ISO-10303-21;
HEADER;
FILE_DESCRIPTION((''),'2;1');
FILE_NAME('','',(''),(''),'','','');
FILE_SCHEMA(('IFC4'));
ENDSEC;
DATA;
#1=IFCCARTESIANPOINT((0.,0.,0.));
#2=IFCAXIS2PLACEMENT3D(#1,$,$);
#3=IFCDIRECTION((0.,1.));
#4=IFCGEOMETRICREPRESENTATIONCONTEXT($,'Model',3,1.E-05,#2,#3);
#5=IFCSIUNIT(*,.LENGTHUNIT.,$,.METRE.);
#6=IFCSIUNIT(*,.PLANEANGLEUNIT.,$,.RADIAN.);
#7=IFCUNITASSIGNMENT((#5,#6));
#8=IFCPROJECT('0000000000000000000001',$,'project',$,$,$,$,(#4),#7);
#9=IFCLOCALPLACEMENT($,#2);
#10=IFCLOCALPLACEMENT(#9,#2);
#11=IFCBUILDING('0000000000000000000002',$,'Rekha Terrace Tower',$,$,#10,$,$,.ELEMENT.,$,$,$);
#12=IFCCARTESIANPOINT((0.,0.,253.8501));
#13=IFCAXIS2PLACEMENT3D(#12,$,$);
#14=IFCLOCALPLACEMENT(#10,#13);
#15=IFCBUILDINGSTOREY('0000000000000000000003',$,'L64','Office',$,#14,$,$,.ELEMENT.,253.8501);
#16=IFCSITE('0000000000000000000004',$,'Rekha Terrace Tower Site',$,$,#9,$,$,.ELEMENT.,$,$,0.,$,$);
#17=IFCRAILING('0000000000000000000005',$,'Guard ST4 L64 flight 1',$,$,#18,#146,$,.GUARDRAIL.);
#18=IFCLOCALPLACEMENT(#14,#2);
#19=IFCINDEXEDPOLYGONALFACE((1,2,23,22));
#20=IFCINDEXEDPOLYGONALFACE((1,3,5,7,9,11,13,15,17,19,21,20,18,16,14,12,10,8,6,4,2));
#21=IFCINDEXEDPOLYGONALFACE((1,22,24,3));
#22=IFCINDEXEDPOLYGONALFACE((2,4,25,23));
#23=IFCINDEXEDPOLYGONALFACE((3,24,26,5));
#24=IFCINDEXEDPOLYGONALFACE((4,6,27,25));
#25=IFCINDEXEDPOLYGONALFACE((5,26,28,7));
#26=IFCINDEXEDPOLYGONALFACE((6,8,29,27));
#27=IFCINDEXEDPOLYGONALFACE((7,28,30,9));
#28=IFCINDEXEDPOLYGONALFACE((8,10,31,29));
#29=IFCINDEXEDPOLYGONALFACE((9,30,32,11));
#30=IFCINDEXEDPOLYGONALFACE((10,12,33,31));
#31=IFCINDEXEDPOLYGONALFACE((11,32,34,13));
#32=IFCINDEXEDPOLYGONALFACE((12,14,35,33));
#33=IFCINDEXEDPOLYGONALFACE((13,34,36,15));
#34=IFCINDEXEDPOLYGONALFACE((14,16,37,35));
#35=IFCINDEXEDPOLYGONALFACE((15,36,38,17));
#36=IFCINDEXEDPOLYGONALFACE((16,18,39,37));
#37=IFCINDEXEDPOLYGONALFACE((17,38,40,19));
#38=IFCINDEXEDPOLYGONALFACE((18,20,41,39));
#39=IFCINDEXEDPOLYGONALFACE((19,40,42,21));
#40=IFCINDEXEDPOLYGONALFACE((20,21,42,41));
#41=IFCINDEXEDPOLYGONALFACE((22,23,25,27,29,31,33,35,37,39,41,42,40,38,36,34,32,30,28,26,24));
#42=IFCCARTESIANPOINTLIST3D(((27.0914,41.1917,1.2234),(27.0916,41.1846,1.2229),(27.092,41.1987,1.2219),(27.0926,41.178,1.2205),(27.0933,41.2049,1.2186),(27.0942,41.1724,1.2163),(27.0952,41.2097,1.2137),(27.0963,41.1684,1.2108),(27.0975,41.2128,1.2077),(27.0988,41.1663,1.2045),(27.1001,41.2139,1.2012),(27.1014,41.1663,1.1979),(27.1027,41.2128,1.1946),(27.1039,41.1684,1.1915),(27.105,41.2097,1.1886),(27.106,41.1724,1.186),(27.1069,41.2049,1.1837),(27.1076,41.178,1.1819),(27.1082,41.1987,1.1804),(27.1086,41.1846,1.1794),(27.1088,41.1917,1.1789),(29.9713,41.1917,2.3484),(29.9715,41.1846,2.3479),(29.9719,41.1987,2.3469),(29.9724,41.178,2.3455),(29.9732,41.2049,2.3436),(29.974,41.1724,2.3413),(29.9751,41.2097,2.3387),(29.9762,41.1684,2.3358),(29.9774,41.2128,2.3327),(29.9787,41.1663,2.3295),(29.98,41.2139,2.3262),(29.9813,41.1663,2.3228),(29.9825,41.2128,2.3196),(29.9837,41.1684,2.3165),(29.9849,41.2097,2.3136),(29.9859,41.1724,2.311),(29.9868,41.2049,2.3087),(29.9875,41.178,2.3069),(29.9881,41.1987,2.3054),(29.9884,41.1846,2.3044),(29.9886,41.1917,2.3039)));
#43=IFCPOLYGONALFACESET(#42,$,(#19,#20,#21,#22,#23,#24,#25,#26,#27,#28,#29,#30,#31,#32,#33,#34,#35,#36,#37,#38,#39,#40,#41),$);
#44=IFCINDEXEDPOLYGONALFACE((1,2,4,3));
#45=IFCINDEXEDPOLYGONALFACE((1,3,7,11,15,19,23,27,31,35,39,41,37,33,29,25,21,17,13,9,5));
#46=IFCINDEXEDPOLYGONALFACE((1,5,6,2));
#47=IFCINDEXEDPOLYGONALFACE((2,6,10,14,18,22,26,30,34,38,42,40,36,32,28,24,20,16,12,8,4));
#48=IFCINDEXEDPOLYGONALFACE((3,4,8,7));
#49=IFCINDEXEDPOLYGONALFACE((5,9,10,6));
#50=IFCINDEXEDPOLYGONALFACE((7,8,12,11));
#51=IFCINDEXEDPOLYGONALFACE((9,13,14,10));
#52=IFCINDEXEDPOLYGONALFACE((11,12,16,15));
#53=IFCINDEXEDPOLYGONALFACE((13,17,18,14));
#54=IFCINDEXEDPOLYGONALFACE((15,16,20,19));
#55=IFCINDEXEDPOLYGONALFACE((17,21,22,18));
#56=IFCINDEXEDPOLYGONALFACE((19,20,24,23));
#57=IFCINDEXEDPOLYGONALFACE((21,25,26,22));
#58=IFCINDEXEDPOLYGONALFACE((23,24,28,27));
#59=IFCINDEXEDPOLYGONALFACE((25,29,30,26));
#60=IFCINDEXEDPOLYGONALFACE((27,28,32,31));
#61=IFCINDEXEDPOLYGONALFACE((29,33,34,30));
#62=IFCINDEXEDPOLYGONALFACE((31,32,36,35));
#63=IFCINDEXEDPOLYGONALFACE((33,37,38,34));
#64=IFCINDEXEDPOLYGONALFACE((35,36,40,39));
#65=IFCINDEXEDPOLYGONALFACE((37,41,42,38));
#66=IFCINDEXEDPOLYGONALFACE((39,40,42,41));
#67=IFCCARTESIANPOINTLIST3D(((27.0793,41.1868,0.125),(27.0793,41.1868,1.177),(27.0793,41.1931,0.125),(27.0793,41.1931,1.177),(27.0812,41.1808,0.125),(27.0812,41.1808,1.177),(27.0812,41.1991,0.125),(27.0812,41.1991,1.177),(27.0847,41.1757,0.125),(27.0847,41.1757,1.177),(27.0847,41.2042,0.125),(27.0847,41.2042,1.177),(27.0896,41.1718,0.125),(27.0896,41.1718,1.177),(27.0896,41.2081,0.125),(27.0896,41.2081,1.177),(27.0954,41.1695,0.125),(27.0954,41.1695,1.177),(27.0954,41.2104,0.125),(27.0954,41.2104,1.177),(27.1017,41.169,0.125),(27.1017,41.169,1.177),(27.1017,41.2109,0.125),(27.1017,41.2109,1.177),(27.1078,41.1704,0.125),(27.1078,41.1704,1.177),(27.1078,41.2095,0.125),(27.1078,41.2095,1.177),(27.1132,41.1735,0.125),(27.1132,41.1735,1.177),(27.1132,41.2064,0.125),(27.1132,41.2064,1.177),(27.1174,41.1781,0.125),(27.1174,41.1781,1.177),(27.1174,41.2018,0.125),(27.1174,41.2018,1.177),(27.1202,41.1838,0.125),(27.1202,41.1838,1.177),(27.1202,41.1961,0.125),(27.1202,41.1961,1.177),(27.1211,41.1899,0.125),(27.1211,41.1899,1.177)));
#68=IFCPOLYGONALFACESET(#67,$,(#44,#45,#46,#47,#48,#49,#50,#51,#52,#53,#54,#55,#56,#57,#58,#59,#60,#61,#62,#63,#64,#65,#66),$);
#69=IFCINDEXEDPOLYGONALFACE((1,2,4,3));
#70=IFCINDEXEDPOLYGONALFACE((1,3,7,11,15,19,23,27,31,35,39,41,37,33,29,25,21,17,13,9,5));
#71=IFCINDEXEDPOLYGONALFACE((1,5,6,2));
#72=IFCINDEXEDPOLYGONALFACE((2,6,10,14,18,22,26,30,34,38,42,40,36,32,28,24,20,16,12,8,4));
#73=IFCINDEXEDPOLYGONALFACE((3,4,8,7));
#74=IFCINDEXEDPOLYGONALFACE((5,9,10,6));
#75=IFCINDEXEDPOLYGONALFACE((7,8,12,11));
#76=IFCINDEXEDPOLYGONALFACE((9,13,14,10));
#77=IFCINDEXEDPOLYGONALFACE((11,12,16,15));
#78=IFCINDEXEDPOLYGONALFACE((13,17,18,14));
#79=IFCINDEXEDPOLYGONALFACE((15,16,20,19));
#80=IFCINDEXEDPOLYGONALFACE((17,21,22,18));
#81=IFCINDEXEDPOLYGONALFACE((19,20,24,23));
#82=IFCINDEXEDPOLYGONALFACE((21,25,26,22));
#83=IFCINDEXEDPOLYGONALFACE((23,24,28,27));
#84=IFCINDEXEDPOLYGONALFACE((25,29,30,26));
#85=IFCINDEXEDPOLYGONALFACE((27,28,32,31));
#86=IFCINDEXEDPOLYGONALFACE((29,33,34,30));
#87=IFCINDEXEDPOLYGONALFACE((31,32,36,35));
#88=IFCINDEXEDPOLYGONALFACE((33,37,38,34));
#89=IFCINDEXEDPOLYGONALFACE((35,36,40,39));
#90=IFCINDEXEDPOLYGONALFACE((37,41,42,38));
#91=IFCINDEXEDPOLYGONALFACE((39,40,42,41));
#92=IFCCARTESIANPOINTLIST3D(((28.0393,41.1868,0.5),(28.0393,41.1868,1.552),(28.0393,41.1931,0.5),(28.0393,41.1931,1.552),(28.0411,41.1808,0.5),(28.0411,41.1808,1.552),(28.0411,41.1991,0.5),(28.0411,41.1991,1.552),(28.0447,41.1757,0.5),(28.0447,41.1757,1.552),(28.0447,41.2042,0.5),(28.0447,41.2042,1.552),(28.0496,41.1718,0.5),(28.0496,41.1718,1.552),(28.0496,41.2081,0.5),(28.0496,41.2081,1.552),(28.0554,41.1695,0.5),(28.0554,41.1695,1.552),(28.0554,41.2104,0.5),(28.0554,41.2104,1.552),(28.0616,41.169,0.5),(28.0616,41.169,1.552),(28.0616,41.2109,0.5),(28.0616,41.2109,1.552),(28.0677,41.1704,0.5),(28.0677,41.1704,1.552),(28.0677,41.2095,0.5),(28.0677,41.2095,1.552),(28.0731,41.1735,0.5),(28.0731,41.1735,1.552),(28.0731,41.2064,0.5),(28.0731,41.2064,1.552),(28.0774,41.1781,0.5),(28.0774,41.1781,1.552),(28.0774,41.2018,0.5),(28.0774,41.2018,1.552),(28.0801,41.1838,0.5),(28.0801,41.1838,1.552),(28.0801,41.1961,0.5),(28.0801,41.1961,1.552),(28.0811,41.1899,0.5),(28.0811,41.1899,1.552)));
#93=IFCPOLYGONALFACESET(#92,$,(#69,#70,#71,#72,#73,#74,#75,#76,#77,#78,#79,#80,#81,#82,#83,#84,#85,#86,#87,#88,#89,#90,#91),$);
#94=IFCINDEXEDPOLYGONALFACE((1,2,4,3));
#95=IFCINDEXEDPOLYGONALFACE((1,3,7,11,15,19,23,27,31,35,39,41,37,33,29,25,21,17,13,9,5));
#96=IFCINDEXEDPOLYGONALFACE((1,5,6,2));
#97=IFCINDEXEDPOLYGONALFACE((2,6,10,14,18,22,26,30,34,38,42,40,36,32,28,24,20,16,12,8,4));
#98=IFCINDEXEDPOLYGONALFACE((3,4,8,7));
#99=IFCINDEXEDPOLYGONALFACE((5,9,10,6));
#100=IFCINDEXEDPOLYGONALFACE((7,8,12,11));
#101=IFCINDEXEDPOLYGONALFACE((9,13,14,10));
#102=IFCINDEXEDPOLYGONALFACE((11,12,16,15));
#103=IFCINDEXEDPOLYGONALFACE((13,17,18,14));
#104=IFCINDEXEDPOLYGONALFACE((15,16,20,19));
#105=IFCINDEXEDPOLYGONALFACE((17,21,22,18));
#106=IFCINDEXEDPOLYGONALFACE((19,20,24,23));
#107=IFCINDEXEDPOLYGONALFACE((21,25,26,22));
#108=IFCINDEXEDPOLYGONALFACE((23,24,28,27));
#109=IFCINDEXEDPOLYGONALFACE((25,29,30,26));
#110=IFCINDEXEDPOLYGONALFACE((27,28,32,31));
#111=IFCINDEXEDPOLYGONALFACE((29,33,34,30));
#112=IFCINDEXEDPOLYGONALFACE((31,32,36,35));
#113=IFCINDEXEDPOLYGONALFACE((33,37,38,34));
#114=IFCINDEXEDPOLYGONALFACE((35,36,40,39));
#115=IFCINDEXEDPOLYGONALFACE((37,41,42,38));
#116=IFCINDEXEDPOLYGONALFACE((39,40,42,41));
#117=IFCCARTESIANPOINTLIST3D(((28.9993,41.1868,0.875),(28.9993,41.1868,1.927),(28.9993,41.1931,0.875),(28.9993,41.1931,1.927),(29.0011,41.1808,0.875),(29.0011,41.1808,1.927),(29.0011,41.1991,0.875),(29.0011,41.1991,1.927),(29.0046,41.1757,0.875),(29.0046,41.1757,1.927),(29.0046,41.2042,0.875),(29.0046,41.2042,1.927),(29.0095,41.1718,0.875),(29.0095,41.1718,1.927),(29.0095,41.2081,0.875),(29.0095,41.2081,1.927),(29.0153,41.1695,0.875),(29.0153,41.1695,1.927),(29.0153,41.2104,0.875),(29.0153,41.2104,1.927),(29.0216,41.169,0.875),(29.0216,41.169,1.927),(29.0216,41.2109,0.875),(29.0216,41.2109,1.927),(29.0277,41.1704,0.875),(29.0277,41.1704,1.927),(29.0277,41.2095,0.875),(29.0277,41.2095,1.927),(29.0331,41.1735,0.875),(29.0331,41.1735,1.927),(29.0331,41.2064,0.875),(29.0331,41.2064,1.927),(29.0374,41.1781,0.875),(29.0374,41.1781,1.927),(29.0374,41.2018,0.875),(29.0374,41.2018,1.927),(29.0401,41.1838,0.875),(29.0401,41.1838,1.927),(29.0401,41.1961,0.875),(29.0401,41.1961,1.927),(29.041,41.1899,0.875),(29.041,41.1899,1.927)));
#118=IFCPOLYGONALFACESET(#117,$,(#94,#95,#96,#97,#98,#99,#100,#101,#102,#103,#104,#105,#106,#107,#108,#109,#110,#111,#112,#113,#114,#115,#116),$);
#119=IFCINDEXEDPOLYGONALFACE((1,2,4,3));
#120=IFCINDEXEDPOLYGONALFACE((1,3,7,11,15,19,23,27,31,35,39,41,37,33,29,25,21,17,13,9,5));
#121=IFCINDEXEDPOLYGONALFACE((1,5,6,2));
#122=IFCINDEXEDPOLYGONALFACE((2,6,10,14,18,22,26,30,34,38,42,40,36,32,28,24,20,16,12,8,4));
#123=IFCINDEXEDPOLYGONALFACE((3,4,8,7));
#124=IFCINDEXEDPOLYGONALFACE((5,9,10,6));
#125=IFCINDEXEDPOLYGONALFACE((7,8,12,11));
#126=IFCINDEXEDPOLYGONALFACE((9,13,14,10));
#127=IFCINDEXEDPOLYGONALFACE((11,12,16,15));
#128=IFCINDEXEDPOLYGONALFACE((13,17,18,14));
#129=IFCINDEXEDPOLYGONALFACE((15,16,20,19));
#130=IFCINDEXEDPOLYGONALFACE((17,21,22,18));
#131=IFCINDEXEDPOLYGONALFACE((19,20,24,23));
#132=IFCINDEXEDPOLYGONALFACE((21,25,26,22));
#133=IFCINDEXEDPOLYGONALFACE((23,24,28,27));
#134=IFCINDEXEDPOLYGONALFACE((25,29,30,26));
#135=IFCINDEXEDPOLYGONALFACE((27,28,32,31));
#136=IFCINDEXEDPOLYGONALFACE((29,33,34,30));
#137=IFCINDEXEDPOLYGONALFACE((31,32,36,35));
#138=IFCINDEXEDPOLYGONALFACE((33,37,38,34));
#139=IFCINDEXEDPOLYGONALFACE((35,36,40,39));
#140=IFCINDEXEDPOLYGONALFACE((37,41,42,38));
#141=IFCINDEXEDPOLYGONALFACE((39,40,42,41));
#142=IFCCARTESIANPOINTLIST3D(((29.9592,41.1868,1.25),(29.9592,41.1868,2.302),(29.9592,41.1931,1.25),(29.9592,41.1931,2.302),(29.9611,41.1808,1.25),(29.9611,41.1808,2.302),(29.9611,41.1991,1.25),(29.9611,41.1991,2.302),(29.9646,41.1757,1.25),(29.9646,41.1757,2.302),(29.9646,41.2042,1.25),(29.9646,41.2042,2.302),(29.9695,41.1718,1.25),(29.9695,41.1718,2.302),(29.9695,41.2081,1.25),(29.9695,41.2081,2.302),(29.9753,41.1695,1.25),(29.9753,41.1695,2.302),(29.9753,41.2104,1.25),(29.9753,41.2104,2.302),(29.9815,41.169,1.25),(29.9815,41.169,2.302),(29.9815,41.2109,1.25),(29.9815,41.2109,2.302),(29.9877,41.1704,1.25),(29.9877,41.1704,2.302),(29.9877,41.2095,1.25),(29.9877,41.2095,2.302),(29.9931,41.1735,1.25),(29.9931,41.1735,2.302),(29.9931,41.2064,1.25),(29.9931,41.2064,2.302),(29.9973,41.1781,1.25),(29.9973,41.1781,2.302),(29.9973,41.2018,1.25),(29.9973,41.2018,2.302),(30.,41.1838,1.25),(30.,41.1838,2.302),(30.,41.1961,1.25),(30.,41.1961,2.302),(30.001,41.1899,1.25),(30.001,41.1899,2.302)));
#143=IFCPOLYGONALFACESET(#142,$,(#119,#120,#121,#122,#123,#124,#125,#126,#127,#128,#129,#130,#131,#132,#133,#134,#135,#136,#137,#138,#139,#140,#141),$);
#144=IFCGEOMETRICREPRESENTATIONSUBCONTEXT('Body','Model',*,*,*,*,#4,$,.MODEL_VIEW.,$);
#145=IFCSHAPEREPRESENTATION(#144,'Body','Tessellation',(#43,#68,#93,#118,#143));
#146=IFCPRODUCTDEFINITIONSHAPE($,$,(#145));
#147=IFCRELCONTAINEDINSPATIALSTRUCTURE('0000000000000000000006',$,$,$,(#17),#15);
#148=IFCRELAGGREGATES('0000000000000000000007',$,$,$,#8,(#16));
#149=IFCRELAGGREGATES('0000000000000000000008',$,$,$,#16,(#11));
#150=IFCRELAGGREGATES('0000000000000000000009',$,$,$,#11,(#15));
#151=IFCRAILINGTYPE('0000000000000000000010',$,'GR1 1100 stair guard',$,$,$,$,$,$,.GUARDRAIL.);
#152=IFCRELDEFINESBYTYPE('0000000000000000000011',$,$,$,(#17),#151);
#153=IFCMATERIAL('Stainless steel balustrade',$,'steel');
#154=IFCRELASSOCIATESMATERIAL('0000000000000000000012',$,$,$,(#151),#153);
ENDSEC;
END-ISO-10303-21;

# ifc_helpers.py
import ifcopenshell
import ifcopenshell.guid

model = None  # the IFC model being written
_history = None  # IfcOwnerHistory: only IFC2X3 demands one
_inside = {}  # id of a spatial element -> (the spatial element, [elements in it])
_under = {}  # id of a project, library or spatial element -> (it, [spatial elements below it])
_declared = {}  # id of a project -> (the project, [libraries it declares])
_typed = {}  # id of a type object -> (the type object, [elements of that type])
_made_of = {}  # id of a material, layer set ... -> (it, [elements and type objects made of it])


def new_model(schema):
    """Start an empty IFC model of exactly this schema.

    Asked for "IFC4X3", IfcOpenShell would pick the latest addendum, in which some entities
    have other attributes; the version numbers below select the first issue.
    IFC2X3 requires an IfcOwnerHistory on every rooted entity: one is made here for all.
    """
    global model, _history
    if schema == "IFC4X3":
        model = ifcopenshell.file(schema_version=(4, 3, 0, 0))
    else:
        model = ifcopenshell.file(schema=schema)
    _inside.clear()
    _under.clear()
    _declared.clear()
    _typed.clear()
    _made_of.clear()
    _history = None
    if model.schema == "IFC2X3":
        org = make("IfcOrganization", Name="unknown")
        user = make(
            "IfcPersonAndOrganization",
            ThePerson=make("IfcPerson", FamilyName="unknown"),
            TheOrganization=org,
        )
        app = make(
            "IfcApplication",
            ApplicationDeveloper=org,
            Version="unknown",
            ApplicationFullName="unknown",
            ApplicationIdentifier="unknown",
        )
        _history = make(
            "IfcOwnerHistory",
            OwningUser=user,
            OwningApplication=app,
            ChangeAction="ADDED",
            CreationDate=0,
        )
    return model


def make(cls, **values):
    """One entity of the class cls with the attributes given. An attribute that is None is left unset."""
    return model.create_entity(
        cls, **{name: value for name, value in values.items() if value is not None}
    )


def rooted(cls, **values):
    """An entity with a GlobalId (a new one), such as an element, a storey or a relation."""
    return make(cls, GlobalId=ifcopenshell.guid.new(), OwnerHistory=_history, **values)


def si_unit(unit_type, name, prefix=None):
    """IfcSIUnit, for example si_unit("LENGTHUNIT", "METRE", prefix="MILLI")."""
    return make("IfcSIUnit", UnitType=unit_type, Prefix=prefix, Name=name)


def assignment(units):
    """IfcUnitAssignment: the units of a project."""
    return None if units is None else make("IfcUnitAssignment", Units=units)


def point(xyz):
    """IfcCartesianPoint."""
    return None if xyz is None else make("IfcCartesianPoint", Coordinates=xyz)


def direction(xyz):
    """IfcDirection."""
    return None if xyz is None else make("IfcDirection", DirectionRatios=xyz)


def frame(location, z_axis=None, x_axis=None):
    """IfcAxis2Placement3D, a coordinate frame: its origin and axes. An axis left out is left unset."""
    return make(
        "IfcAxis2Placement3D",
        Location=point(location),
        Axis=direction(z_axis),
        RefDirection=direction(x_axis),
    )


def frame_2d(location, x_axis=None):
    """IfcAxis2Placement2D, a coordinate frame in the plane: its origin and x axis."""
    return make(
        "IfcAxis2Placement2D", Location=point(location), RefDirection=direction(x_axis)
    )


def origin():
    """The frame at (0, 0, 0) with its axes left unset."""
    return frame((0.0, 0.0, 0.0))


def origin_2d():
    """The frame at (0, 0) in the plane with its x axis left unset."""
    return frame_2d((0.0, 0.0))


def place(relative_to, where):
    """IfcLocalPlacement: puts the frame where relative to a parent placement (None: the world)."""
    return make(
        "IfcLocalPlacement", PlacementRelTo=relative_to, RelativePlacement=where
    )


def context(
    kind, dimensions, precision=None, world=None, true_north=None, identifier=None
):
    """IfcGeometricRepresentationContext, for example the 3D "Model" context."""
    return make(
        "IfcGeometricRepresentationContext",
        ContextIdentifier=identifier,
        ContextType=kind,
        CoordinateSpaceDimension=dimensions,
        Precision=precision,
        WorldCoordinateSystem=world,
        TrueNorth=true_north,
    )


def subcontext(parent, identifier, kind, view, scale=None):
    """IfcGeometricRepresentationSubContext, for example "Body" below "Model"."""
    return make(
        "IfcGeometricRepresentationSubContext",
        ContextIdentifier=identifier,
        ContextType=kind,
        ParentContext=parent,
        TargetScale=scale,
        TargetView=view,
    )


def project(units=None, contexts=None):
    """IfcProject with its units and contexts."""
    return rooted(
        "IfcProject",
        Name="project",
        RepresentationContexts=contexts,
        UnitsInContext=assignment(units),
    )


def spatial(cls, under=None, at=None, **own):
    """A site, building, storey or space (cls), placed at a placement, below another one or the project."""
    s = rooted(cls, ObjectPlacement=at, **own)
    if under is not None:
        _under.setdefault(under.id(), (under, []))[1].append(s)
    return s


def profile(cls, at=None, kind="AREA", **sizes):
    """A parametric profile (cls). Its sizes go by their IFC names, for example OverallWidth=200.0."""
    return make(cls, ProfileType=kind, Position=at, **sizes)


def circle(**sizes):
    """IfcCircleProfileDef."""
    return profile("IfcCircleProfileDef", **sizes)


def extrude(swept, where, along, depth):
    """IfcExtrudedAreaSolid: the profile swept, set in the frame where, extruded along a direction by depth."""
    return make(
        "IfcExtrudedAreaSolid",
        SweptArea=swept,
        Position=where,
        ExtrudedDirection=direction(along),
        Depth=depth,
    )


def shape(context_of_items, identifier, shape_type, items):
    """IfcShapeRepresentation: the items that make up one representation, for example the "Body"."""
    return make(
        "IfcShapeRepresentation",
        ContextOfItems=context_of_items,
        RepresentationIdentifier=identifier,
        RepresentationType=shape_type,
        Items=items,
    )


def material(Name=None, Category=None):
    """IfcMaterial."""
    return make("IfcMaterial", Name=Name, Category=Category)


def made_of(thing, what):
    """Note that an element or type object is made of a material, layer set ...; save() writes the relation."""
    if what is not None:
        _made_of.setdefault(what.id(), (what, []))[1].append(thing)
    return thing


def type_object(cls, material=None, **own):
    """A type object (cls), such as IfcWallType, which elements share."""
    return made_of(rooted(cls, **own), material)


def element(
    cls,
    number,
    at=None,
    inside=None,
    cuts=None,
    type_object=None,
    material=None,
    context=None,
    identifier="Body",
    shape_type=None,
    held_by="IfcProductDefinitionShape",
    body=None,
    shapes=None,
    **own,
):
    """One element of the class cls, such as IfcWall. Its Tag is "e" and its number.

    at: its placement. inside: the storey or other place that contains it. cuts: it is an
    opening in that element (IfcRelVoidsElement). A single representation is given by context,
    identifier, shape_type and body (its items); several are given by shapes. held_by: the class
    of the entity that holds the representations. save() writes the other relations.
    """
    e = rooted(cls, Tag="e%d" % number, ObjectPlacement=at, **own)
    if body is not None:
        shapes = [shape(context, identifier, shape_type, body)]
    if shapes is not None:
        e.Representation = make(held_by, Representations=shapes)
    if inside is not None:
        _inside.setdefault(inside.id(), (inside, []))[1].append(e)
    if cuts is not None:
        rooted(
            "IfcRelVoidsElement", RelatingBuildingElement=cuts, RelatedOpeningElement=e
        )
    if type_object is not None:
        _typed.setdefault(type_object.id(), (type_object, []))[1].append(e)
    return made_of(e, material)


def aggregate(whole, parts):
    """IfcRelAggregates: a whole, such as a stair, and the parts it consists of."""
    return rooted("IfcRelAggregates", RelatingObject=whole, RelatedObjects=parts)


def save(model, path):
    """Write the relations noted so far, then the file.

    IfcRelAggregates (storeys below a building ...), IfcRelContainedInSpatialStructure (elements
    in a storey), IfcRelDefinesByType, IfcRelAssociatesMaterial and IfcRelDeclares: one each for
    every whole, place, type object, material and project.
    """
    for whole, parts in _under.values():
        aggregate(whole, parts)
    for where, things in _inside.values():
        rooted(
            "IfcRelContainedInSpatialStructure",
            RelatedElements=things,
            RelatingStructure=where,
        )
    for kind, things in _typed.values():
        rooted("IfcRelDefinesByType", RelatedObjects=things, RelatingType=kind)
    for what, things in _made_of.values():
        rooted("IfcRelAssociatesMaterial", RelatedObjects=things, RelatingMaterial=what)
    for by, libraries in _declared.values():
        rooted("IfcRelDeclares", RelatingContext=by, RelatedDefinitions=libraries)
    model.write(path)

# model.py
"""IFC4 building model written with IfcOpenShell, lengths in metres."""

from ifc_helpers import new_model, si_unit, direction, frame, origin, origin_2d, place, context, subcontext, project, spatial, circle, extrude, material, type_object, element, save


model = new_model("IFC4")

# Units and contexts
model_context = context("Model", 3, precision=1e-05, world=origin(), true_north=direction((0.0, 1.0)))
body_context = subcontext(model_context, "Body", "Model", "MODEL_VIEW")
ifc_project = project(units=[si_unit("LENGTHUNIT", "METRE"), si_unit("PLANEANGLEUNIT", "RADIAN")], contexts=[model_context])

# Site, building, storey
site_placement = place(None, origin())
site = spatial("IfcSite", under=ifc_project, at=site_placement, Name="Rekha Terrace Tower Site", CompositionType="ELEMENT", RefElevation=0.0)
building_placement = place(site_placement, origin())
building = spatial("IfcBuilding", under=site, at=building_placement, Name="Rekha Terrace Tower", CompositionType="ELEMENT")
storey_placement = place(building_placement, frame((0.0, 0.0, 253.8501)))
storey = spatial("IfcBuildingStorey", under=building, at=storey_placement, Name="L64", Description="Office", CompositionType="ELEMENT", Elevation=253.8501)

# Railing
ifc_material_1 = material(Name="Stainless steel balustrade", Category="steel")
railing_type = type_object("IfcRailingType", Name="GR1 1100 stair guard", PredefinedType="GUARDRAIL", material=ifc_material_1)
railing_1_placement = place(storey_placement, frame((27.1001, 41.1899, 0.125)))
element("IfcRailing", 1, at=railing_1_placement, inside=storey, type_object=railing_type, Name="Guard ST4 L64 flight 1", PredefinedType="GUARDRAIL", context=body_context, shape_type="SweptSolid", body=[
    extrude(circle(Radius=0.0239, at=origin_2d()), frame((0.0, 0.0, 1.0762), z_axis=(0.931452, 0.0, 0.363863), x_axis=(0.0, 1.0, 0.0)), (0.0, 0.0, 1.0), 3.0918),
    extrude(circle(Radius=0.021, at=origin_2d()), origin(), (0.0, 0.0, 1.0), 1.052),
    extrude(circle(Radius=0.021, at=origin_2d()), frame((0.96, 0.0, 0.375)), (0.0, 0.0, 1.0), 1.052),
    extrude(circle(Radius=0.021, at=origin_2d()), frame((1.9199, 0.0, 0.75)), (0.0, 0.0, 1.0), 1.052),
    extrude(circle(Radius=0.021, at=origin_2d()), frame((2.8799, 0.0, 1.125)), (0.0, 0.0, 1.0), 1.052),
])

save(model, "model.ifc")
